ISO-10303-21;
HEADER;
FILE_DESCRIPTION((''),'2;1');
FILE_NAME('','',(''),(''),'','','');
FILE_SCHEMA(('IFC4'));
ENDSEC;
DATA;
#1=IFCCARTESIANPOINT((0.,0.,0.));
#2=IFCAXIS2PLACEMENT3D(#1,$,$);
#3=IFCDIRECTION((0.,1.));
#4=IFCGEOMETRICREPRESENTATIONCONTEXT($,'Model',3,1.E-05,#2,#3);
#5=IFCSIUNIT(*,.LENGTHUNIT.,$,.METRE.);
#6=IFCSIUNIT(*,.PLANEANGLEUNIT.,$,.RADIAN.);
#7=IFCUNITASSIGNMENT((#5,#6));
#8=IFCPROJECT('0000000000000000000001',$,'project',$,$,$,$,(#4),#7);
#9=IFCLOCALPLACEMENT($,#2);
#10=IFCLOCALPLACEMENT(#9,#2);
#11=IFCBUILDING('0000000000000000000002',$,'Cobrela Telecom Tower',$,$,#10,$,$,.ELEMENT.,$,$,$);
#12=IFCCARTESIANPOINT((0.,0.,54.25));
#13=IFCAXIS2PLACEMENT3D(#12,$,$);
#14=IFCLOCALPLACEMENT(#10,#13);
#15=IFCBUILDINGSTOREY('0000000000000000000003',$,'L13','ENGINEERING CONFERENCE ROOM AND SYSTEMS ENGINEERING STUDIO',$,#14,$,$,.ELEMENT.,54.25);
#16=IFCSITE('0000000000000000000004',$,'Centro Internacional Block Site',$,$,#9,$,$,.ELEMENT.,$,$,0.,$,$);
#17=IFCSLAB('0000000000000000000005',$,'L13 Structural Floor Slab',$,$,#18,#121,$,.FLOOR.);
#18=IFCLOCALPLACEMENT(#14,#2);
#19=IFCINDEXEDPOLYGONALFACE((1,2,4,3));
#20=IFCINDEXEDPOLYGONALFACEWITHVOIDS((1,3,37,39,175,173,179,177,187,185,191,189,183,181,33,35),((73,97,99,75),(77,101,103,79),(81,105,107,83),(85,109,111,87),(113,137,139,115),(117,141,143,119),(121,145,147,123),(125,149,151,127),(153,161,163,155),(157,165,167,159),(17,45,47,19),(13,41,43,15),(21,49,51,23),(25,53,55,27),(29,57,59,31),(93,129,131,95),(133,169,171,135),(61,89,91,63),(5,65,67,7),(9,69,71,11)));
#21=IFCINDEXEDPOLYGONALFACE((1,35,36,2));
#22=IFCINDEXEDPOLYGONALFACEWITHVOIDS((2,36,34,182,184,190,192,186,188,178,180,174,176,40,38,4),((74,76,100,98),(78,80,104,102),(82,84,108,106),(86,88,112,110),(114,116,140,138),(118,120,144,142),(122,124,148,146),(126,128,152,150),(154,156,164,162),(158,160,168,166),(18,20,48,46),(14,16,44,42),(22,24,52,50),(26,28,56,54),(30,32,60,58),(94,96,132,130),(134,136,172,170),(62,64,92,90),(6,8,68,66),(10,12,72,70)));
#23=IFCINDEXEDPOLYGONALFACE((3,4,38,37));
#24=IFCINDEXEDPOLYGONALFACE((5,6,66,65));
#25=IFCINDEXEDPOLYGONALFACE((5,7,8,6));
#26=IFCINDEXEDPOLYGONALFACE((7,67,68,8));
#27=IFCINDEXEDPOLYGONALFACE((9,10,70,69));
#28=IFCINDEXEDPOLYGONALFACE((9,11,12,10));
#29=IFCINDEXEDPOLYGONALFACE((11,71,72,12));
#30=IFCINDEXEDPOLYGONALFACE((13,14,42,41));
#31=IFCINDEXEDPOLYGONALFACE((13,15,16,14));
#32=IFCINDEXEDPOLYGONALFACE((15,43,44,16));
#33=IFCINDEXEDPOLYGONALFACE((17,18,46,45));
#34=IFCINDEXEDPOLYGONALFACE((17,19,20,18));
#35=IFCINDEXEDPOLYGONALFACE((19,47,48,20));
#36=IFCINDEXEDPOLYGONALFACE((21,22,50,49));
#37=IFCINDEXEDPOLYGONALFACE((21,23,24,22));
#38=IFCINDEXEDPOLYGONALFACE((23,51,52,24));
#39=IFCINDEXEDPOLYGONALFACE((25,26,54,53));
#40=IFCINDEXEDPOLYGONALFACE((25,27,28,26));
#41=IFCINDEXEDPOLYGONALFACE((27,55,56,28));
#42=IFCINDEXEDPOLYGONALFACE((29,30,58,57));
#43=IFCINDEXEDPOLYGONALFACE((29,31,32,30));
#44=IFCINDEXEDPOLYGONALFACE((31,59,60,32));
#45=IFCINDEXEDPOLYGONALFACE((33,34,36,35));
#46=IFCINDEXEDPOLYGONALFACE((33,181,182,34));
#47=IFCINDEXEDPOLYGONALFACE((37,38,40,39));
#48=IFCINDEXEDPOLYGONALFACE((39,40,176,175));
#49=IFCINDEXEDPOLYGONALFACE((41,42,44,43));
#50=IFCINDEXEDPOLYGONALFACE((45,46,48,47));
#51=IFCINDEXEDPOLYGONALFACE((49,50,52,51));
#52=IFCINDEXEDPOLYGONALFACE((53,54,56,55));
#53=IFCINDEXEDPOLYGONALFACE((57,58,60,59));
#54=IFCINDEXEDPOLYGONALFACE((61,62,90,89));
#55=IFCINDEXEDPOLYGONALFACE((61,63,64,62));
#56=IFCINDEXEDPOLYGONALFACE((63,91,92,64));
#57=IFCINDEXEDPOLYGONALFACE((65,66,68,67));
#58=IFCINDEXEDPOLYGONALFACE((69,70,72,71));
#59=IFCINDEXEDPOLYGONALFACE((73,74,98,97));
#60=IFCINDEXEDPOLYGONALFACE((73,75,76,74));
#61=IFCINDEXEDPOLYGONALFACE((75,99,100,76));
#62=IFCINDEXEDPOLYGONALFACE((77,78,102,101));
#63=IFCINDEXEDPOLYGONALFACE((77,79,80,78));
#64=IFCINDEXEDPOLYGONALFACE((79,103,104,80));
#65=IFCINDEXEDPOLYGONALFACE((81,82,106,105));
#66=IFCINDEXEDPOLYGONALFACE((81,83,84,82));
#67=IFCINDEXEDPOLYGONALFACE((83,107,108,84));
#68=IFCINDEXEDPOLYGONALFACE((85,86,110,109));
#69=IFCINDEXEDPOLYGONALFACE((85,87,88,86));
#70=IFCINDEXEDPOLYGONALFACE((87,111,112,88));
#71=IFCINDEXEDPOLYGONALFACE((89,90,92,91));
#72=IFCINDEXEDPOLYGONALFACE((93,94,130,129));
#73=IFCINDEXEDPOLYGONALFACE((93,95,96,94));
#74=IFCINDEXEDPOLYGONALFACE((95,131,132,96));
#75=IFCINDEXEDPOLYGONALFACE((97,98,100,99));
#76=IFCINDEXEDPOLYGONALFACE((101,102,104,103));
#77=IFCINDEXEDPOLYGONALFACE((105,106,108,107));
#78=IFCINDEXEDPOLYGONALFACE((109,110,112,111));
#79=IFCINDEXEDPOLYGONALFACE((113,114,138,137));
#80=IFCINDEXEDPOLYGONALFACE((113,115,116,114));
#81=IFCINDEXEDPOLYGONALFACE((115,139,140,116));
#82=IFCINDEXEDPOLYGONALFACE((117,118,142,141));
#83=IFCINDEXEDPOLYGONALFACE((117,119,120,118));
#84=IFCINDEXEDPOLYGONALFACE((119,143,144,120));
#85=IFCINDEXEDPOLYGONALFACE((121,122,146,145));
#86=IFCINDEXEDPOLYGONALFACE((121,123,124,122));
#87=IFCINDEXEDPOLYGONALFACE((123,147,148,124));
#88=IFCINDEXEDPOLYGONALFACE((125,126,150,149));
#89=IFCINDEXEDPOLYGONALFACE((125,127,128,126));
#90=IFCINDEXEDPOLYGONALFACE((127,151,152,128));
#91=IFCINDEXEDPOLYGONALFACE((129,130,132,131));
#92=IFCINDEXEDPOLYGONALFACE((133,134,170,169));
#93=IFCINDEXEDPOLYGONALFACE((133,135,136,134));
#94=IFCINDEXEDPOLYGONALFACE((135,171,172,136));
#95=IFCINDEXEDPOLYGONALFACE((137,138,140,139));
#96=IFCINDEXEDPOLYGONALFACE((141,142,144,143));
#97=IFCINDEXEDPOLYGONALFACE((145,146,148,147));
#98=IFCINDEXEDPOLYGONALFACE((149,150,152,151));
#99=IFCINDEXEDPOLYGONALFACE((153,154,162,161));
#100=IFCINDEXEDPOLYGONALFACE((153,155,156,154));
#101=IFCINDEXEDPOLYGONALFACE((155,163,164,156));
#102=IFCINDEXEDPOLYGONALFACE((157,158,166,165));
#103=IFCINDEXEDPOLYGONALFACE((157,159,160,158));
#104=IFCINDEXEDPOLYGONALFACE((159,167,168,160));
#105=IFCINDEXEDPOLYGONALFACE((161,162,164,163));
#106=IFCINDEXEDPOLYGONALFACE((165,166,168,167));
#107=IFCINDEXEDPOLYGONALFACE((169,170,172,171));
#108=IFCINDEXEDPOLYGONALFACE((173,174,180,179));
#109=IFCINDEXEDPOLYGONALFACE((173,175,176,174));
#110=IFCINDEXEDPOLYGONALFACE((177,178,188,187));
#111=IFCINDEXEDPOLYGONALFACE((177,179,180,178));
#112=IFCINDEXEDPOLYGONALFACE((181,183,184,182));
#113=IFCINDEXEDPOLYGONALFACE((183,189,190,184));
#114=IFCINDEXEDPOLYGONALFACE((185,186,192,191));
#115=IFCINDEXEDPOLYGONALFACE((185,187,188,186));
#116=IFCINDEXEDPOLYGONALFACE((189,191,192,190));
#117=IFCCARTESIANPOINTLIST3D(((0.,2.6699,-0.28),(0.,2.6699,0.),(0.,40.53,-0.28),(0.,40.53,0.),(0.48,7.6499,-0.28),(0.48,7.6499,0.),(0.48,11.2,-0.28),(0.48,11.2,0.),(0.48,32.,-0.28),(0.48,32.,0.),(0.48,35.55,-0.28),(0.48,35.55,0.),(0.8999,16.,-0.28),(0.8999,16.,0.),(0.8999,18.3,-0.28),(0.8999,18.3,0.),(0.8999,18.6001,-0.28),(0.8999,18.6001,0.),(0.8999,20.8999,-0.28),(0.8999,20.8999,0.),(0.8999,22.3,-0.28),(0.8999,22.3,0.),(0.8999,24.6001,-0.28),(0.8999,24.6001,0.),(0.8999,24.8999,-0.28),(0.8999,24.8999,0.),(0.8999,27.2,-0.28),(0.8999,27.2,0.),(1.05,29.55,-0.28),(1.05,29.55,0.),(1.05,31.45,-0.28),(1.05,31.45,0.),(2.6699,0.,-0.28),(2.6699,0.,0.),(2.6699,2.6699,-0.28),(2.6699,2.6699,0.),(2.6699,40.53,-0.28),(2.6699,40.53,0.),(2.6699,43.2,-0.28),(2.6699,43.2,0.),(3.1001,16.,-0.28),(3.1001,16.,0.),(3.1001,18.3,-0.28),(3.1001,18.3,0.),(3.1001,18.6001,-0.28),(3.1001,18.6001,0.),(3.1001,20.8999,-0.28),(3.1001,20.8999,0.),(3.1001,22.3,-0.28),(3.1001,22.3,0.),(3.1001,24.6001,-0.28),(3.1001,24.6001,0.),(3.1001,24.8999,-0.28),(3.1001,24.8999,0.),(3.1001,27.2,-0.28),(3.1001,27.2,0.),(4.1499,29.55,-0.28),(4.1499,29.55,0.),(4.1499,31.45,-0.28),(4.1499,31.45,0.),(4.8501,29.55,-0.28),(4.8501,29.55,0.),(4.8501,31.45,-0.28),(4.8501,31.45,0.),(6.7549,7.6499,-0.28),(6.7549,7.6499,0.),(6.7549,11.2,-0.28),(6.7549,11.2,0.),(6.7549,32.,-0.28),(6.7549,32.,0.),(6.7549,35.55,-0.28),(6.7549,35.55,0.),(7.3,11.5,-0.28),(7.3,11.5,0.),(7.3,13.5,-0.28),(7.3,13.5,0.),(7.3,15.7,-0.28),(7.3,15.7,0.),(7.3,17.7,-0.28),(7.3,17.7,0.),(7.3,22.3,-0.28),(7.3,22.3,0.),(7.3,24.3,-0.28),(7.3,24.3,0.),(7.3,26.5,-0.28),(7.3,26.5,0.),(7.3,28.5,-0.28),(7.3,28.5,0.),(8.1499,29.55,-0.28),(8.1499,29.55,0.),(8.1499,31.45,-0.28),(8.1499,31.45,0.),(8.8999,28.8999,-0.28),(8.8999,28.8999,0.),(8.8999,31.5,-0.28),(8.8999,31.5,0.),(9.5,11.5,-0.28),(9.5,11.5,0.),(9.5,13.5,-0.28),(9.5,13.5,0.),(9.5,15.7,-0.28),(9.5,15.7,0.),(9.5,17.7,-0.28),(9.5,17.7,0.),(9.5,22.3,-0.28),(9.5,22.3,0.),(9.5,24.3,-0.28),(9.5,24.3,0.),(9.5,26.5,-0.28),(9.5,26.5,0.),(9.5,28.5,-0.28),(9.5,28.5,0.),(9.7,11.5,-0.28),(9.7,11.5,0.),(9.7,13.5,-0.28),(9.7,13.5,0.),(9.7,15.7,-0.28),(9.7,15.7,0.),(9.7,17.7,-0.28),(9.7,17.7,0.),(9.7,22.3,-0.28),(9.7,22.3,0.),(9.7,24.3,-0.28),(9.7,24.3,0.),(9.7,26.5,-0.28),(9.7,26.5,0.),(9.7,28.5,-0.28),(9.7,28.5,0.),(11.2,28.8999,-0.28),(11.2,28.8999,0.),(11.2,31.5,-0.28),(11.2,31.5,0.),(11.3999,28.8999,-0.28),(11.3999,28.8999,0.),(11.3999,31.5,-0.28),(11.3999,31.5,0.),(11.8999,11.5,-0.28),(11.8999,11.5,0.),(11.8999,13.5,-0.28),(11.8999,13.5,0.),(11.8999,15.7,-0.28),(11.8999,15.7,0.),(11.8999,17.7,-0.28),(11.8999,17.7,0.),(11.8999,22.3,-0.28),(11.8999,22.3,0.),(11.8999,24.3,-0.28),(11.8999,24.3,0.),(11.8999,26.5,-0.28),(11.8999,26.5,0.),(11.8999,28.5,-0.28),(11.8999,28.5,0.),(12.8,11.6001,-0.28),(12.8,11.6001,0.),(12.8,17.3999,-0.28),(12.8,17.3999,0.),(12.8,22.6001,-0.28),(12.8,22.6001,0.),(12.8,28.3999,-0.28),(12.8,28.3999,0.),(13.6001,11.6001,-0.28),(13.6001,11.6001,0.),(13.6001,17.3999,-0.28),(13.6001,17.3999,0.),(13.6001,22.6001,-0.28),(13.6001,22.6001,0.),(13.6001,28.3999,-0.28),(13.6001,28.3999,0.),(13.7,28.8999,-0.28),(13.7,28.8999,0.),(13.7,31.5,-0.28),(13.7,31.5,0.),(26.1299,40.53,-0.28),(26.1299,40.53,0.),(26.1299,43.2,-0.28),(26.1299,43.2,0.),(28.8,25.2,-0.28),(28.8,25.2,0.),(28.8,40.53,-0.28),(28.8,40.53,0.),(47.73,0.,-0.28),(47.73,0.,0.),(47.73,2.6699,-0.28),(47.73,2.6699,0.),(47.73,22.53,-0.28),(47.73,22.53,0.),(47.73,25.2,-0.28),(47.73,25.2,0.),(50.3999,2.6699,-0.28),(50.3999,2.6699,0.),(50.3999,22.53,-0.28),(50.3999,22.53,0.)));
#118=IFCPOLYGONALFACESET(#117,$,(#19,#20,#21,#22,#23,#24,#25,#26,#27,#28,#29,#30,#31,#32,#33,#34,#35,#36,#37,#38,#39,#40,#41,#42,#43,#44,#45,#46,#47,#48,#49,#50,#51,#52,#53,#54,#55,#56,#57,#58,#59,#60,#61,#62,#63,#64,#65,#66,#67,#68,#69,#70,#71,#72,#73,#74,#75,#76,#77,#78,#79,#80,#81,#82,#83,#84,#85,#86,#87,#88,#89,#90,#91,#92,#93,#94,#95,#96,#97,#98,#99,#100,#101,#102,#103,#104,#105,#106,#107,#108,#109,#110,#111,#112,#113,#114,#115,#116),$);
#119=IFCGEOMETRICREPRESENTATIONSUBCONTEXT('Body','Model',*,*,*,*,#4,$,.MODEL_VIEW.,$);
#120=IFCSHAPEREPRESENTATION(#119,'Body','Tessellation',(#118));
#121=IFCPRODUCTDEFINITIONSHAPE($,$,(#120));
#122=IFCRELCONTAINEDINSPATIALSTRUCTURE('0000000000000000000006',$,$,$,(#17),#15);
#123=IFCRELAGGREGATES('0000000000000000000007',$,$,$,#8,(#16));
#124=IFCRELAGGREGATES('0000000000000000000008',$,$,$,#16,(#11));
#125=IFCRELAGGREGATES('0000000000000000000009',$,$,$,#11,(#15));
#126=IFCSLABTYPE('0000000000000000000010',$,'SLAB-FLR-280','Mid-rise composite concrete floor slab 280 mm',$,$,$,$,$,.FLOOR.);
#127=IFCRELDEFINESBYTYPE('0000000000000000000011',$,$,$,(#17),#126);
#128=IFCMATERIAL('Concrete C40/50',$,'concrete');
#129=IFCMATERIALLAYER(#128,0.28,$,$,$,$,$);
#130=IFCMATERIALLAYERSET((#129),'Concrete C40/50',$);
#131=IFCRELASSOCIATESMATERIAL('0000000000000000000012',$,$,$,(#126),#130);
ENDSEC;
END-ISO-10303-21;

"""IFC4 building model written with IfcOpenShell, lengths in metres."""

from ifc_helpers import new_model, si_unit, direction, frame, origin, place, context, subcontext, project, spatial, polyline, outline, extrude, material, layer, layer_set, type_object, element, save


model = new_model("IFC4")

# Units and contexts
model_context = context("Model", 3, precision=1e-05, world=origin(), true_north=direction((0.0, 1.0)))
body_context = subcontext(model_context, "Body", "Model", "MODEL_VIEW")
ifc_project = project(units=[si_unit("LENGTHUNIT", "METRE"), si_unit("PLANEANGLEUNIT", "RADIAN")], contexts=[model_context])

# Site, building, storey
site_placement = place(None, origin())
site = spatial("IfcSite", under=ifc_project, at=site_placement, Name="Centro Internacional Block Site", CompositionType="ELEMENT", RefElevation=0.0)
building_placement = place(site_placement, origin())
building = spatial("IfcBuilding", under=site, at=building_placement, Name="Cobrela Telecom Tower", CompositionType="ELEMENT")
storey_placement = place(building_placement, frame((0.0, 0.0, 54.25)))
storey = spatial("IfcBuildingStorey", under=building, at=storey_placement, Name="L13", Description="ENGINEERING CONFERENCE ROOM AND SYSTEMS ENGINEERING STUDIO", CompositionType="ELEMENT", Elevation=54.25)

# Slab, openings
ifc_material_1 = material(Name="Concrete C40/50", Category="concrete")
ifc_layer_1 = layer(ifc_material_1, 0.28)
ifc_layer_set_1 = layer_set([ifc_layer_1], Name="Concrete C40/50")
slab_type_1 = type_object("IfcSlabType", Name="SLAB-FLR-280", Description="Mid-rise composite concrete floor slab 280 mm", PredefinedType="FLOOR", material=ifc_layer_set_1)
slab_1_placement = place(storey_placement, frame((0.0, 0.0, -0.28)))
slab_1 = element("IfcSlab", 1, at=slab_1_placement, inside=storey, type_object=slab_type_1, Name="L13 Structural Floor Slab", PredefinedType="FLOOR", context=body_context, shape_type="SweptSolid", body=[
    extrude(outline(polyline([(2.6699, 0.0), (47.73, 0.0), (47.73, 2.6699), (50.3999, 2.6699), (50.3999, 22.53), (47.73, 22.53), (47.73, 25.2), (28.8, 25.2), (28.8, 40.53), (26.1299, 40.53), (26.1299, 43.2), (2.6699, 43.2), (2.6699, 40.53), (0.0, 40.53), (0.0, 2.6699), (2.6699, 2.6699), (2.6699, 0.0)])), origin(), (0.0, 0.0, 1.0), 0.28),
])
opening_1_placement = place(slab_1_placement, frame((0.0, 0.0, -0.02)))
element("IfcOpeningElement", 2, at=opening_1_placement, cuts=slab_1, PredefinedType="OPENING", context=body_context, shape_type="SweptSolid", body=[
    extrude(outline(polyline([(8.8999, 28.8999), (11.2, 28.8999), (11.2, 31.5), (8.8999, 31.5), (8.8999, 28.8999)])), origin(), (0.0, 0.0, 1.0), 0.3201),
])
opening_2_placement = place(slab_1_placement, frame((0.0, 0.0, -0.02)))
element("IfcOpeningElement", 3, at=opening_2_placement, cuts=slab_1, PredefinedType="OPENING", context=body_context, shape_type="SweptSolid", body=[
    extrude(outline(polyline([(11.3999, 28.8999), (13.7, 28.8999), (13.7, 31.5), (11.3999, 31.5), (11.3999, 28.8999)])), origin(), (0.0, 0.0, 1.0), 0.3201),
])
opening_3_placement = place(slab_1_placement, frame((0.0, 0.0, -0.02)))
element("IfcOpeningElement", 4, at=opening_3_placement, cuts=slab_1, PredefinedType="OPENING", context=body_context, shape_type="SweptSolid", body=[
    extrude(outline(polyline([(7.3, 22.3), (9.5, 22.3), (9.5, 24.3), (7.3, 24.3), (7.3, 22.3)])), origin(), (0.0, 0.0, 1.0), 0.3201),
])
opening_4_placement = place(slab_1_placement, frame((0.0, 0.0, -0.02)))
element("IfcOpeningElement", 5, at=opening_4_placement, cuts=slab_1, PredefinedType="OPENING", context=body_context, shape_type="SweptSolid", body=[
    extrude(outline(polyline([(9.7, 22.3), (11.8999, 22.3), (11.8999, 24.3), (9.7, 24.3), (9.7, 22.3)])), origin(), (0.0, 0.0, 1.0), 0.3201),
])
opening_5_placement = place(slab_1_placement, frame((0.0, 0.0, -0.02)))
element("IfcOpeningElement", 6, at=opening_5_placement, cuts=slab_1, PredefinedType="OPENING", context=body_context, shape_type="SweptSolid", body=[
    extrude(outline(polyline([(7.3, 26.5), (9.5, 26.5), (9.5, 28.5), (7.3, 28.5), (7.3, 26.5)])), origin(), (0.0, 0.0, 1.0), 0.3201),
])
opening_6_placement = place(slab_1_placement, frame((0.0, 0.0, -0.02)))
element("IfcOpeningElement", 7, at=opening_6_placement, cuts=slab_1, PredefinedType="OPENING", context=body_context, shape_type="SweptSolid", body=[
    extrude(outline(polyline([(9.7, 26.5), (11.8999, 26.5), (11.8999, 28.5), (9.7, 28.5), (9.7, 26.5)])), origin(), (0.0, 0.0, 1.0), 0.3201),
])
opening_7_placement = place(slab_1_placement, frame((0.0, 0.0, -0.02)))
element("IfcOpeningElement", 8, at=opening_7_placement, cuts=slab_1, PredefinedType="OPENING", context=body_context, shape_type="SweptSolid", body=[
    extrude(outline(polyline([(7.3, 15.7), (9.5, 15.7), (9.5, 17.7), (7.3, 17.7), (7.3, 15.7)])), origin(), (0.0, 0.0, 1.0), 0.3201),
])
opening_8_placement = place(slab_1_placement, frame((0.0, 0.0, -0.02)))
element("IfcOpeningElement", 9, at=opening_8_placement, cuts=slab_1, PredefinedType="OPENING", context=body_context, shape_type="SweptSolid", body=[
    extrude(outline(polyline([(9.7, 15.7), (11.8999, 15.7), (11.8999, 17.7), (9.7, 17.7), (9.7, 15.7)])), origin(), (0.0, 0.0, 1.0), 0.3201),
])
opening_9_placement = place(slab_1_placement, frame((0.0, 0.0, -0.02)))
element("IfcOpeningElement", 10, at=opening_9_placement, cuts=slab_1, PredefinedType="OPENING", context=body_context, shape_type="SweptSolid", body=[
    extrude(outline(polyline([(7.3, 11.5), (9.5, 11.5), (9.5, 13.5), (7.3, 13.5), (7.3, 11.5)])), origin(), (0.0, 0.0, 1.0), 0.3201),
])
opening_10_placement = place(slab_1_placement, frame((0.0, 0.0, -0.02)))
element("IfcOpeningElement", 11, at=opening_10_placement, cuts=slab_1, PredefinedType="OPENING", context=body_context, shape_type="SweptSolid", body=[
    extrude(outline(polyline([(9.7, 11.5), (11.8999, 11.5), (11.8999, 13.5), (9.7, 13.5), (9.7, 11.5)])), origin(), (0.0, 0.0, 1.0), 0.3201),
])
opening_11_placement = place(slab_1_placement, frame((0.0, 0.0, -0.02)))
element("IfcOpeningElement", 12, at=opening_11_placement, cuts=slab_1, PredefinedType="OPENING", context=body_context, shape_type="SweptSolid", body=[
    extrude(outline(polyline([(0.8999, 16.0), (3.1001, 16.0), (3.1001, 18.3), (0.8999, 18.3), (0.8999, 16.0)])), origin(), (0.0, 0.0, 1.0), 0.3201),
])
opening_12_placement = place(slab_1_placement, frame((0.0, 0.0, -0.02)))
element("IfcOpeningElement", 13, at=opening_12_placement, cuts=slab_1, PredefinedType="OPENING", context=body_context, shape_type="SweptSolid", body=[
    extrude(outline(polyline([(0.8999, 18.6001), (3.1001, 18.6001), (3.1001, 20.8999), (0.8999, 20.8999), (0.8999, 18.6001)])), origin(), (0.0, 0.0, 1.0), 0.3201),
])
opening_13_placement = place(slab_1_placement, frame((0.0, 0.0, -0.02)))
element("IfcOpeningElement", 14, at=opening_13_placement, cuts=slab_1, PredefinedType="OPENING", context=body_context, shape_type="SweptSolid", body=[
    extrude(outline(polyline([(0.8999, 22.3), (3.1001, 22.3), (3.1001, 24.6001), (0.8999, 24.6001), (0.8999, 22.3)])), origin(), (0.0, 0.0, 1.0), 0.3201),
])
opening_14_placement = place(slab_1_placement, frame((0.0, 0.0, -0.02)))
element("IfcOpeningElement", 15, at=opening_14_placement, cuts=slab_1, PredefinedType="OPENING", context=body_context, shape_type="SweptSolid", body=[
    extrude(outline(polyline([(0.8999, 24.8999), (3.1001, 24.8999), (3.1001, 27.2), (0.8999, 27.2), (0.8999, 24.8999)])), origin(), (0.0, 0.0, 1.0), 0.3201),
])
opening_15_placement = place(slab_1_placement, frame((0.0, 0.0, -0.02)))
element("IfcOpeningElement", 16, at=opening_15_placement, cuts=slab_1, PredefinedType="OPENING", context=body_context, shape_type="SweptSolid", body=[
    extrude(outline(polyline([(1.05, 29.55), (4.1499, 29.55), (4.1499, 31.45), (1.05, 31.45), (1.05, 29.55)])), origin(), (0.0, 0.0, 1.0), 0.3201),
])
opening_16_placement = place(slab_1_placement, frame((0.0, 0.0, -0.02)))
element("IfcOpeningElement", 17, at=opening_16_placement, cuts=slab_1, PredefinedType="OPENING", context=body_context, shape_type="SweptSolid", body=[
    extrude(outline(polyline([(4.8501, 29.55), (8.1499, 29.55), (8.1499, 31.45), (4.8501, 31.45), (4.8501, 29.55)])), origin(), (0.0, 0.0, 1.0), 0.3201),
])
opening_17_placement = place(slab_1_placement, frame((0.0, 0.0, -0.02)))
element("IfcOpeningElement", 18, at=opening_17_placement, cuts=slab_1, PredefinedType="OPENING", context=body_context, shape_type="SweptSolid", body=[
    extrude(outline(polyline([(12.8, 22.6001), (13.6001, 22.6001), (13.6001, 28.3999), (12.8, 28.3999), (12.8, 22.6001)])), origin(), (0.0, 0.0, 1.0), 0.3201),
])
opening_18_placement = place(slab_1_placement, frame((0.0, 0.0, -0.02)))
element("IfcOpeningElement", 19, at=opening_18_placement, cuts=slab_1, PredefinedType="OPENING", context=body_context, shape_type="SweptSolid", body=[
    extrude(outline(polyline([(12.8, 11.6001), (13.6001, 11.6001), (13.6001, 17.3999), (12.8, 17.3999), (12.8, 11.6001)])), origin(), (0.0, 0.0, 1.0), 0.3201),
])
opening_19_placement = place(slab_1_placement, frame((0.0, 0.0, -0.02)))
element("IfcOpeningElement", 20, at=opening_19_placement, cuts=slab_1, PredefinedType="OPENING", context=body_context, shape_type="SweptSolid", body=[
    extrude(outline(polyline([(6.7549, 35.55), (0.48, 35.55), (0.48, 32.0), (6.7549, 32.0), (6.7549, 35.55)])), origin(), (0.0, 0.0, 1.0), 0.3201),
])
opening_20_placement = place(slab_1_placement, frame((0.0, 0.0, -0.02)))
element("IfcOpeningElement", 21, at=opening_20_placement, cuts=slab_1, PredefinedType="OPENING", context=body_context, shape_type="SweptSolid", body=[
    extrude(outline(polyline([(6.7549, 11.2), (0.48, 11.2), (0.48, 7.6499), (6.7549, 7.6499), (6.7549, 11.2)])), origin(), (0.0, 0.0, 1.0), 0.3201),
])

save(model, "model.ifc")
